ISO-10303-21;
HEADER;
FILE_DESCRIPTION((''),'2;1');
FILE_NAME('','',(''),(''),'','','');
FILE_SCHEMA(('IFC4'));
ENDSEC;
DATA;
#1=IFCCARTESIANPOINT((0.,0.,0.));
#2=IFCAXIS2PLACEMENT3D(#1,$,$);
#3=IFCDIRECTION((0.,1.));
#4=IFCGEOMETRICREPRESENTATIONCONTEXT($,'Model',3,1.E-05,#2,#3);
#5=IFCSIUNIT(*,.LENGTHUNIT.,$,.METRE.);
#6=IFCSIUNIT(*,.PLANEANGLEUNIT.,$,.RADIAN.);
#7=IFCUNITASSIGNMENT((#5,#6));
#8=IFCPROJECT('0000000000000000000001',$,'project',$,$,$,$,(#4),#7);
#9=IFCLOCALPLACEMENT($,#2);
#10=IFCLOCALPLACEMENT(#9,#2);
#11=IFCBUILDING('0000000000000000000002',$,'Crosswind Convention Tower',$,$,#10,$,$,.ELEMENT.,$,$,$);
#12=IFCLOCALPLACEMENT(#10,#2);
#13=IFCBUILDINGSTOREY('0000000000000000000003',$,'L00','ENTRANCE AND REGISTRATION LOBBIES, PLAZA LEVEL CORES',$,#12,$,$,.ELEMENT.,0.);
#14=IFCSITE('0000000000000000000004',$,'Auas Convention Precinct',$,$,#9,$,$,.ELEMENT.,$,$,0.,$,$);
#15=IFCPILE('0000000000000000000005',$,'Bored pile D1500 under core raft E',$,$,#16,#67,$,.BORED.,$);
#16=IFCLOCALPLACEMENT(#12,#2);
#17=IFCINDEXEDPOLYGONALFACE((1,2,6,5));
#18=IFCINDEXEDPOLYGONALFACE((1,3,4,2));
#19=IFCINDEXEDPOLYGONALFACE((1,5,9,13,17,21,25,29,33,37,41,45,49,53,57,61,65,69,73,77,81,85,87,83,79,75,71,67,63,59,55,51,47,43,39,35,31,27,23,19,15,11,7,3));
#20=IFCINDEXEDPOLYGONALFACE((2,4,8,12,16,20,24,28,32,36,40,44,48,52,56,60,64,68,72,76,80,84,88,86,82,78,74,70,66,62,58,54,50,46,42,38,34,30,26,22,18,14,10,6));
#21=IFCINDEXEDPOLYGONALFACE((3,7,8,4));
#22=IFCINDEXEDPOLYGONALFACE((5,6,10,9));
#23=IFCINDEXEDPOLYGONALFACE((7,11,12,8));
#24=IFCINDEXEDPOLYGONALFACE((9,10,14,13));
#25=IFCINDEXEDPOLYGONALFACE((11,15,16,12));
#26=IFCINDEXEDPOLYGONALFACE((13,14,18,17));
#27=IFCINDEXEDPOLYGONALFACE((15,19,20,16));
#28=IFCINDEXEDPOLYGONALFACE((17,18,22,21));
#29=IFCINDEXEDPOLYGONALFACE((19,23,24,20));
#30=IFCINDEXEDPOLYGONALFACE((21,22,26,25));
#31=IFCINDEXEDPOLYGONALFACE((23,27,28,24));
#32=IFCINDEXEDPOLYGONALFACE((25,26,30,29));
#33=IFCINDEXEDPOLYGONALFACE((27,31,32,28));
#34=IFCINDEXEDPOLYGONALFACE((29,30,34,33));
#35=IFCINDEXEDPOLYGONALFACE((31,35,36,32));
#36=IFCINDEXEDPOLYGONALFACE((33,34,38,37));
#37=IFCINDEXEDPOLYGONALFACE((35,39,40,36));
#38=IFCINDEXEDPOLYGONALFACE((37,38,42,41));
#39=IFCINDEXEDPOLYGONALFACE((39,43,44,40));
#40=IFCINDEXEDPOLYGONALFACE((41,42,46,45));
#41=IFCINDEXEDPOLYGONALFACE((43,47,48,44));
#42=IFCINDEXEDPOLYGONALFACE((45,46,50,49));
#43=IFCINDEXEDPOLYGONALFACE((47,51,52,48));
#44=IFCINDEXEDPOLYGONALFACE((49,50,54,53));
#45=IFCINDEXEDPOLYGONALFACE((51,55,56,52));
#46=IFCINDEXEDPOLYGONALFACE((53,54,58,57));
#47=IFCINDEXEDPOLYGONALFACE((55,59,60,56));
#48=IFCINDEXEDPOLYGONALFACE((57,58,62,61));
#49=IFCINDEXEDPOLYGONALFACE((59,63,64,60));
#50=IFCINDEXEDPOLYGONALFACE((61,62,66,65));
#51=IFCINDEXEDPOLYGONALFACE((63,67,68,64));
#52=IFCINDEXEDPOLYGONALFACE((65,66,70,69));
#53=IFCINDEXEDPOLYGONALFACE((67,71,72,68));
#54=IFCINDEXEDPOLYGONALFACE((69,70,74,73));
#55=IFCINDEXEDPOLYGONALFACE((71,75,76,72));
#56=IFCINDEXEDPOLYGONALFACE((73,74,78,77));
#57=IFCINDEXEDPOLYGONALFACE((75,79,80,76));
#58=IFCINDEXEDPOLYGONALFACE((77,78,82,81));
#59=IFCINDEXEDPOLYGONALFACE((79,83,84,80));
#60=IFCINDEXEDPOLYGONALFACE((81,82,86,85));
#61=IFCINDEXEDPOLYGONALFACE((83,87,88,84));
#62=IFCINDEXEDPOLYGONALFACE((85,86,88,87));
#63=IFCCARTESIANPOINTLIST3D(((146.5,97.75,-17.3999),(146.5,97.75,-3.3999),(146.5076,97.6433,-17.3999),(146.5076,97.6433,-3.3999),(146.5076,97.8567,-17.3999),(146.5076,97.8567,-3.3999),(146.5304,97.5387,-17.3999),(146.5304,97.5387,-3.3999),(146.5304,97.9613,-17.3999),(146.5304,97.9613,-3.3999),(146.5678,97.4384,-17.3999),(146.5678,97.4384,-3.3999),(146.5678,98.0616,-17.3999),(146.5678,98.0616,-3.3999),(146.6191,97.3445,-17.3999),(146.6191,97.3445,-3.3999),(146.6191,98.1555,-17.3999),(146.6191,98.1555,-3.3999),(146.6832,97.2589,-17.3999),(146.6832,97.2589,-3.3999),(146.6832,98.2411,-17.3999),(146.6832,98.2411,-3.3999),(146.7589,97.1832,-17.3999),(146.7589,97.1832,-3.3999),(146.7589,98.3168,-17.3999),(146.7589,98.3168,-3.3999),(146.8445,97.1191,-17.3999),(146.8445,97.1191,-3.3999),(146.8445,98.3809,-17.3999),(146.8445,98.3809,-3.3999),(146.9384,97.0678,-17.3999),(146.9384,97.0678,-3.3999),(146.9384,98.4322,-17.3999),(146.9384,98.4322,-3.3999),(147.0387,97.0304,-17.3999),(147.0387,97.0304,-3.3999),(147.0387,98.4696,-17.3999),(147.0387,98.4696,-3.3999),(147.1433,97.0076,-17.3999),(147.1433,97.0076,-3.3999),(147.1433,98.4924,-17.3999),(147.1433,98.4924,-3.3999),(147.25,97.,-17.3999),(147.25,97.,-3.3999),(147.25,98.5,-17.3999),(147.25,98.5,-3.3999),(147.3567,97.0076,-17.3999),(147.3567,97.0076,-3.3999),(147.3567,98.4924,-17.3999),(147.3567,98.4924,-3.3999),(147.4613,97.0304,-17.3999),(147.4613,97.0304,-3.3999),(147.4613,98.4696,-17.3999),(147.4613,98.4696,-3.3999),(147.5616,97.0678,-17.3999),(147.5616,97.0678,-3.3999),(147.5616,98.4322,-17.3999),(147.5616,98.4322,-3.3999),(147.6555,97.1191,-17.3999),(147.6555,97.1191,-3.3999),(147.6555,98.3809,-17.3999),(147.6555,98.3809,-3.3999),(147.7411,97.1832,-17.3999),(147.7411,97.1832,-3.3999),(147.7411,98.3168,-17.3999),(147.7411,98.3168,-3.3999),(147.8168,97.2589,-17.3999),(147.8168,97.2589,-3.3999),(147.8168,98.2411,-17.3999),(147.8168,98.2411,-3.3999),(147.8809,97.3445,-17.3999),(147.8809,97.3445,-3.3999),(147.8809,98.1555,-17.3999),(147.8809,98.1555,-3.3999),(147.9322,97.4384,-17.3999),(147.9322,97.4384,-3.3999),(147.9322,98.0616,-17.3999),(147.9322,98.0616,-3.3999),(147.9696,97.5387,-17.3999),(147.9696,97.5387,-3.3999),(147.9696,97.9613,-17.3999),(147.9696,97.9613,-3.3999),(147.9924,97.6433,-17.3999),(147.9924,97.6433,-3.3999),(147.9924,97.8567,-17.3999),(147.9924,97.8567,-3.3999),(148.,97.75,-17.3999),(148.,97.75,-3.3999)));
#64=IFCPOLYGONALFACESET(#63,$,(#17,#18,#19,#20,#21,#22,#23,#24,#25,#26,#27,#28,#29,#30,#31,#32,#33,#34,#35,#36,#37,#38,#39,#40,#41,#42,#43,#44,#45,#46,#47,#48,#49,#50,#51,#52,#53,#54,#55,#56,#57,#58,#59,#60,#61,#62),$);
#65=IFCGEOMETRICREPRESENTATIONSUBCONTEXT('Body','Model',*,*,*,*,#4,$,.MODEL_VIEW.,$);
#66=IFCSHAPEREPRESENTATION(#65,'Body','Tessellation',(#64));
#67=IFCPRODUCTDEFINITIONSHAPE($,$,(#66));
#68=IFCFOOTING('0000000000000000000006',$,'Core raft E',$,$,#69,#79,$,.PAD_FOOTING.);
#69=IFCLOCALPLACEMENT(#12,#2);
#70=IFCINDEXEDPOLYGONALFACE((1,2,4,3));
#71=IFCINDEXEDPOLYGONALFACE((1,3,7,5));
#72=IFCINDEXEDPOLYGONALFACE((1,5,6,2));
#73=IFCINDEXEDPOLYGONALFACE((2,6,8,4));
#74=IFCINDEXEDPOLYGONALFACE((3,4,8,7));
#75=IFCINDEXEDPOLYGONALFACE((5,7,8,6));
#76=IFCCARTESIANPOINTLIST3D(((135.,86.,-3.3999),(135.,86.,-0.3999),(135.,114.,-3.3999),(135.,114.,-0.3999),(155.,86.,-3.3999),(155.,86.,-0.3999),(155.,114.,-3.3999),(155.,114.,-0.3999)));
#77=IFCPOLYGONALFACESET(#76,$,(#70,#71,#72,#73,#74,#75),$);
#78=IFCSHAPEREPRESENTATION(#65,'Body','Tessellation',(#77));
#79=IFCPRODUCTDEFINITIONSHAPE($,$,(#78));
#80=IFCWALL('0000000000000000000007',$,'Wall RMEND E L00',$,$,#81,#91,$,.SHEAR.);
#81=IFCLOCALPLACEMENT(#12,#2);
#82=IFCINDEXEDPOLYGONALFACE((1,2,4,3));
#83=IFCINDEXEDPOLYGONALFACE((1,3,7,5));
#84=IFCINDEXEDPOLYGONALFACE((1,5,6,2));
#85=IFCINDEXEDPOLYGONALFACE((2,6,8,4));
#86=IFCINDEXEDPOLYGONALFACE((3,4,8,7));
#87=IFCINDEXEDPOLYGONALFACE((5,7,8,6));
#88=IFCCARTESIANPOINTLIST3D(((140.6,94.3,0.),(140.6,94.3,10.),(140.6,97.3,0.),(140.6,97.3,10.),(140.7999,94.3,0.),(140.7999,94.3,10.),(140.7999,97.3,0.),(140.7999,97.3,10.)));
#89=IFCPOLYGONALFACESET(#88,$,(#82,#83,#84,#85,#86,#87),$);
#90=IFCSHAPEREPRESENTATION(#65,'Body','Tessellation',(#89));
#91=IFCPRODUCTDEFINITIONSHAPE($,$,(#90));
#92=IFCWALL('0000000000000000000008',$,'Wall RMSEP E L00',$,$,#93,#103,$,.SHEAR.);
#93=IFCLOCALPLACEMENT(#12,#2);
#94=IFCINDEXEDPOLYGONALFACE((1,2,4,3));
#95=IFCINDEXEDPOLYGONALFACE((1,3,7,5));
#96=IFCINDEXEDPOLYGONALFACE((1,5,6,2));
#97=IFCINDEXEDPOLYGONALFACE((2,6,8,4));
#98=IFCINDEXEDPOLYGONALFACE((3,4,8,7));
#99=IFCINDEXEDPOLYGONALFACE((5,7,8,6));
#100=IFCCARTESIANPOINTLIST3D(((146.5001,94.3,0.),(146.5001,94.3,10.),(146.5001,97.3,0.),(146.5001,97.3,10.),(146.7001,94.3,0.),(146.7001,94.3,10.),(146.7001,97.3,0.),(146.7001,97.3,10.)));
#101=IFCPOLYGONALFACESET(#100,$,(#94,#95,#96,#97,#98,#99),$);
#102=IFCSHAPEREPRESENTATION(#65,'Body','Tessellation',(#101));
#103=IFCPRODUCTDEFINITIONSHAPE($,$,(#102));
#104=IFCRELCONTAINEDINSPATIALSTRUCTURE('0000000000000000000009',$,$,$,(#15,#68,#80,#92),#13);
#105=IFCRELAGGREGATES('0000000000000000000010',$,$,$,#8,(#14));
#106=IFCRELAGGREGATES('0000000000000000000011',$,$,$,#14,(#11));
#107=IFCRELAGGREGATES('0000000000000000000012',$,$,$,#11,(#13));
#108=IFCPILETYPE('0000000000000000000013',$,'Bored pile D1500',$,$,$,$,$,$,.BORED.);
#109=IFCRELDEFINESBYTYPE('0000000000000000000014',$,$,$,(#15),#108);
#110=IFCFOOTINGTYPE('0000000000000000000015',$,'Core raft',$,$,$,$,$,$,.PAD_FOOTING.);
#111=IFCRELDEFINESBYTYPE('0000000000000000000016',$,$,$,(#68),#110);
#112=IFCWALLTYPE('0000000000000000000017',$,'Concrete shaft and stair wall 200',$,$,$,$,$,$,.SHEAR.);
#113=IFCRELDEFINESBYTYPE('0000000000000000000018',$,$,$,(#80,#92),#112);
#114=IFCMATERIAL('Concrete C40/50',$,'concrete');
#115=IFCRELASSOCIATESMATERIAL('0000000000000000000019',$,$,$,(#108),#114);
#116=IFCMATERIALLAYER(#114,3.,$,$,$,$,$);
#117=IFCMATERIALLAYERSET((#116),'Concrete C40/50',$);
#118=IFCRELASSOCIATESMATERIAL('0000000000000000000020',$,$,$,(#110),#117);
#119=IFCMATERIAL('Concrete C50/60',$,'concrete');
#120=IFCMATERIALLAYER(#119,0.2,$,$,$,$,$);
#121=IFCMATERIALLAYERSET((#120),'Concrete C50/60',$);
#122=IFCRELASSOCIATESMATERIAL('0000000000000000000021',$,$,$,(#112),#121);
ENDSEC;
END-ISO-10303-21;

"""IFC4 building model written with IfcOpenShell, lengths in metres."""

from ifc_helpers import new_model, si_unit, direction, frame, frame_2d, origin, origin_2d, place, context, subcontext, project, spatial, rectangle, circle, extrude, material, layer, layer_set, material_profile, profile_set, type_object, element, save


model = new_model("IFC4")

# Units and contexts
model_context = context("Model", 3, precision=1e-05, world=origin(), true_north=direction((0.0, 1.0)))
body_context = subcontext(model_context, "Body", "Model", "MODEL_VIEW")
ifc_project = project(units=[si_unit("LENGTHUNIT", "METRE"), si_unit("PLANEANGLEUNIT", "RADIAN")], contexts=[model_context])

# Site, building, storey
site_placement = place(None, origin())
site = spatial("IfcSite", under=ifc_project, at=site_placement, Name="Auas Convention Precinct", CompositionType="ELEMENT", RefElevation=0.0)
building_placement = place(site_placement, origin())
building = spatial("IfcBuilding", under=site, at=building_placement, Name="Crosswind Convention Tower", CompositionType="ELEMENT")
storey_placement = place(building_placement, origin())
storey = spatial("IfcBuildingStorey", under=building, at=storey_placement, Name="L00", Description="ENTRANCE AND REGISTRATION LOBBIES, PLAZA LEVEL CORES", CompositionType="ELEMENT", Elevation=0.0)

# Pile
ifc_material_1 = material(Name="Concrete C40/50", Category="concrete")
ifc_material_profile = material_profile(ifc_material_1, circle(Radius=0.75, at=origin_2d()), Name="Bored pile D1500")
ifc_profile_set = profile_set([ifc_material_profile], Name="Concrete C40/50")
pile_type = type_object("IfcPileType", Name="Bored pile D1500", PredefinedType="BORED", material=ifc_profile_set)
for number, where, z_axis, x_axis, name in (
    (1, (147.25, 97.75, -3.3999), (0.0, 0.0, -1.0), (1.0, 0.0, 0.0), "Bored pile D1500 under core raft E"),
):
    element("IfcPile", number, at=place(storey_placement, frame(where, z_axis=z_axis, x_axis=x_axis)), inside=storey, type_object=pile_type, Name=name, PredefinedType="BORED", context=body_context, shape_type="SweptSolid", body=[
        extrude(circle(Radius=0.75, at=origin_2d()), origin(), (0.0, 0.0, 1.0), 14.0),
    ])

# Footing
ifc_layer_1 = layer(ifc_material_1, 3.0)
ifc_layer_set_1 = layer_set([ifc_layer_1], Name="Concrete C40/50")
footing_type = type_object("IfcFootingType", Name="Core raft", PredefinedType="PAD_FOOTING", material=ifc_layer_set_1)
footing_placement = place(storey_placement, frame((145.0, 100.0, -3.3999), z_axis=(0.0, 0.0, 1.0), x_axis=(1.0, 0.0, 0.0)))
element("IfcFooting", 2, at=footing_placement, inside=storey, type_object=footing_type, Name="Core raft E", PredefinedType="PAD_FOOTING", context=body_context, shape_type="SweptSolid", body=[
    extrude(rectangle(XDim=20.0, YDim=28.0, at=origin_2d()), origin(), (0.0, 0.0, 1.0), 3.0),
])

# Walls
ifc_material_2 = material(Name="Concrete C50/60", Category="concrete")
ifc_layer_2 = layer(ifc_material_2, 0.2)
ifc_layer_set_2 = layer_set([ifc_layer_2], Name="Concrete C50/60")
wall_type = type_object("IfcWallType", Name="Concrete shaft and stair wall 200", PredefinedType="SHEAR", material=ifc_layer_set_2)
for number, where, z_axis, x_axis, name in (
    (3, (140.7, 94.3, 0.0), (0.0, 0.0, 1.0), (0.0, 1.0, 0.0), "Wall RMEND E L00"),
    (4, (146.6001, 94.3, 0.0), (0.0, 0.0, 1.0), (0.0, 1.0, 0.0), "Wall RMSEP E L00"),
):
    element("IfcWall", number, at=place(storey_placement, frame(where, z_axis=z_axis, x_axis=x_axis)), inside=storey, type_object=wall_type, Name=name, PredefinedType="SHEAR", context=body_context, shape_type="SweptSolid", body=[
        extrude(rectangle(XDim=3.0, YDim=0.2, at=frame_2d((1.5, 0.0))), origin(), (0.0, 0.0, 1.0), 10.0),
    ])

save(model, "model.ifc")
